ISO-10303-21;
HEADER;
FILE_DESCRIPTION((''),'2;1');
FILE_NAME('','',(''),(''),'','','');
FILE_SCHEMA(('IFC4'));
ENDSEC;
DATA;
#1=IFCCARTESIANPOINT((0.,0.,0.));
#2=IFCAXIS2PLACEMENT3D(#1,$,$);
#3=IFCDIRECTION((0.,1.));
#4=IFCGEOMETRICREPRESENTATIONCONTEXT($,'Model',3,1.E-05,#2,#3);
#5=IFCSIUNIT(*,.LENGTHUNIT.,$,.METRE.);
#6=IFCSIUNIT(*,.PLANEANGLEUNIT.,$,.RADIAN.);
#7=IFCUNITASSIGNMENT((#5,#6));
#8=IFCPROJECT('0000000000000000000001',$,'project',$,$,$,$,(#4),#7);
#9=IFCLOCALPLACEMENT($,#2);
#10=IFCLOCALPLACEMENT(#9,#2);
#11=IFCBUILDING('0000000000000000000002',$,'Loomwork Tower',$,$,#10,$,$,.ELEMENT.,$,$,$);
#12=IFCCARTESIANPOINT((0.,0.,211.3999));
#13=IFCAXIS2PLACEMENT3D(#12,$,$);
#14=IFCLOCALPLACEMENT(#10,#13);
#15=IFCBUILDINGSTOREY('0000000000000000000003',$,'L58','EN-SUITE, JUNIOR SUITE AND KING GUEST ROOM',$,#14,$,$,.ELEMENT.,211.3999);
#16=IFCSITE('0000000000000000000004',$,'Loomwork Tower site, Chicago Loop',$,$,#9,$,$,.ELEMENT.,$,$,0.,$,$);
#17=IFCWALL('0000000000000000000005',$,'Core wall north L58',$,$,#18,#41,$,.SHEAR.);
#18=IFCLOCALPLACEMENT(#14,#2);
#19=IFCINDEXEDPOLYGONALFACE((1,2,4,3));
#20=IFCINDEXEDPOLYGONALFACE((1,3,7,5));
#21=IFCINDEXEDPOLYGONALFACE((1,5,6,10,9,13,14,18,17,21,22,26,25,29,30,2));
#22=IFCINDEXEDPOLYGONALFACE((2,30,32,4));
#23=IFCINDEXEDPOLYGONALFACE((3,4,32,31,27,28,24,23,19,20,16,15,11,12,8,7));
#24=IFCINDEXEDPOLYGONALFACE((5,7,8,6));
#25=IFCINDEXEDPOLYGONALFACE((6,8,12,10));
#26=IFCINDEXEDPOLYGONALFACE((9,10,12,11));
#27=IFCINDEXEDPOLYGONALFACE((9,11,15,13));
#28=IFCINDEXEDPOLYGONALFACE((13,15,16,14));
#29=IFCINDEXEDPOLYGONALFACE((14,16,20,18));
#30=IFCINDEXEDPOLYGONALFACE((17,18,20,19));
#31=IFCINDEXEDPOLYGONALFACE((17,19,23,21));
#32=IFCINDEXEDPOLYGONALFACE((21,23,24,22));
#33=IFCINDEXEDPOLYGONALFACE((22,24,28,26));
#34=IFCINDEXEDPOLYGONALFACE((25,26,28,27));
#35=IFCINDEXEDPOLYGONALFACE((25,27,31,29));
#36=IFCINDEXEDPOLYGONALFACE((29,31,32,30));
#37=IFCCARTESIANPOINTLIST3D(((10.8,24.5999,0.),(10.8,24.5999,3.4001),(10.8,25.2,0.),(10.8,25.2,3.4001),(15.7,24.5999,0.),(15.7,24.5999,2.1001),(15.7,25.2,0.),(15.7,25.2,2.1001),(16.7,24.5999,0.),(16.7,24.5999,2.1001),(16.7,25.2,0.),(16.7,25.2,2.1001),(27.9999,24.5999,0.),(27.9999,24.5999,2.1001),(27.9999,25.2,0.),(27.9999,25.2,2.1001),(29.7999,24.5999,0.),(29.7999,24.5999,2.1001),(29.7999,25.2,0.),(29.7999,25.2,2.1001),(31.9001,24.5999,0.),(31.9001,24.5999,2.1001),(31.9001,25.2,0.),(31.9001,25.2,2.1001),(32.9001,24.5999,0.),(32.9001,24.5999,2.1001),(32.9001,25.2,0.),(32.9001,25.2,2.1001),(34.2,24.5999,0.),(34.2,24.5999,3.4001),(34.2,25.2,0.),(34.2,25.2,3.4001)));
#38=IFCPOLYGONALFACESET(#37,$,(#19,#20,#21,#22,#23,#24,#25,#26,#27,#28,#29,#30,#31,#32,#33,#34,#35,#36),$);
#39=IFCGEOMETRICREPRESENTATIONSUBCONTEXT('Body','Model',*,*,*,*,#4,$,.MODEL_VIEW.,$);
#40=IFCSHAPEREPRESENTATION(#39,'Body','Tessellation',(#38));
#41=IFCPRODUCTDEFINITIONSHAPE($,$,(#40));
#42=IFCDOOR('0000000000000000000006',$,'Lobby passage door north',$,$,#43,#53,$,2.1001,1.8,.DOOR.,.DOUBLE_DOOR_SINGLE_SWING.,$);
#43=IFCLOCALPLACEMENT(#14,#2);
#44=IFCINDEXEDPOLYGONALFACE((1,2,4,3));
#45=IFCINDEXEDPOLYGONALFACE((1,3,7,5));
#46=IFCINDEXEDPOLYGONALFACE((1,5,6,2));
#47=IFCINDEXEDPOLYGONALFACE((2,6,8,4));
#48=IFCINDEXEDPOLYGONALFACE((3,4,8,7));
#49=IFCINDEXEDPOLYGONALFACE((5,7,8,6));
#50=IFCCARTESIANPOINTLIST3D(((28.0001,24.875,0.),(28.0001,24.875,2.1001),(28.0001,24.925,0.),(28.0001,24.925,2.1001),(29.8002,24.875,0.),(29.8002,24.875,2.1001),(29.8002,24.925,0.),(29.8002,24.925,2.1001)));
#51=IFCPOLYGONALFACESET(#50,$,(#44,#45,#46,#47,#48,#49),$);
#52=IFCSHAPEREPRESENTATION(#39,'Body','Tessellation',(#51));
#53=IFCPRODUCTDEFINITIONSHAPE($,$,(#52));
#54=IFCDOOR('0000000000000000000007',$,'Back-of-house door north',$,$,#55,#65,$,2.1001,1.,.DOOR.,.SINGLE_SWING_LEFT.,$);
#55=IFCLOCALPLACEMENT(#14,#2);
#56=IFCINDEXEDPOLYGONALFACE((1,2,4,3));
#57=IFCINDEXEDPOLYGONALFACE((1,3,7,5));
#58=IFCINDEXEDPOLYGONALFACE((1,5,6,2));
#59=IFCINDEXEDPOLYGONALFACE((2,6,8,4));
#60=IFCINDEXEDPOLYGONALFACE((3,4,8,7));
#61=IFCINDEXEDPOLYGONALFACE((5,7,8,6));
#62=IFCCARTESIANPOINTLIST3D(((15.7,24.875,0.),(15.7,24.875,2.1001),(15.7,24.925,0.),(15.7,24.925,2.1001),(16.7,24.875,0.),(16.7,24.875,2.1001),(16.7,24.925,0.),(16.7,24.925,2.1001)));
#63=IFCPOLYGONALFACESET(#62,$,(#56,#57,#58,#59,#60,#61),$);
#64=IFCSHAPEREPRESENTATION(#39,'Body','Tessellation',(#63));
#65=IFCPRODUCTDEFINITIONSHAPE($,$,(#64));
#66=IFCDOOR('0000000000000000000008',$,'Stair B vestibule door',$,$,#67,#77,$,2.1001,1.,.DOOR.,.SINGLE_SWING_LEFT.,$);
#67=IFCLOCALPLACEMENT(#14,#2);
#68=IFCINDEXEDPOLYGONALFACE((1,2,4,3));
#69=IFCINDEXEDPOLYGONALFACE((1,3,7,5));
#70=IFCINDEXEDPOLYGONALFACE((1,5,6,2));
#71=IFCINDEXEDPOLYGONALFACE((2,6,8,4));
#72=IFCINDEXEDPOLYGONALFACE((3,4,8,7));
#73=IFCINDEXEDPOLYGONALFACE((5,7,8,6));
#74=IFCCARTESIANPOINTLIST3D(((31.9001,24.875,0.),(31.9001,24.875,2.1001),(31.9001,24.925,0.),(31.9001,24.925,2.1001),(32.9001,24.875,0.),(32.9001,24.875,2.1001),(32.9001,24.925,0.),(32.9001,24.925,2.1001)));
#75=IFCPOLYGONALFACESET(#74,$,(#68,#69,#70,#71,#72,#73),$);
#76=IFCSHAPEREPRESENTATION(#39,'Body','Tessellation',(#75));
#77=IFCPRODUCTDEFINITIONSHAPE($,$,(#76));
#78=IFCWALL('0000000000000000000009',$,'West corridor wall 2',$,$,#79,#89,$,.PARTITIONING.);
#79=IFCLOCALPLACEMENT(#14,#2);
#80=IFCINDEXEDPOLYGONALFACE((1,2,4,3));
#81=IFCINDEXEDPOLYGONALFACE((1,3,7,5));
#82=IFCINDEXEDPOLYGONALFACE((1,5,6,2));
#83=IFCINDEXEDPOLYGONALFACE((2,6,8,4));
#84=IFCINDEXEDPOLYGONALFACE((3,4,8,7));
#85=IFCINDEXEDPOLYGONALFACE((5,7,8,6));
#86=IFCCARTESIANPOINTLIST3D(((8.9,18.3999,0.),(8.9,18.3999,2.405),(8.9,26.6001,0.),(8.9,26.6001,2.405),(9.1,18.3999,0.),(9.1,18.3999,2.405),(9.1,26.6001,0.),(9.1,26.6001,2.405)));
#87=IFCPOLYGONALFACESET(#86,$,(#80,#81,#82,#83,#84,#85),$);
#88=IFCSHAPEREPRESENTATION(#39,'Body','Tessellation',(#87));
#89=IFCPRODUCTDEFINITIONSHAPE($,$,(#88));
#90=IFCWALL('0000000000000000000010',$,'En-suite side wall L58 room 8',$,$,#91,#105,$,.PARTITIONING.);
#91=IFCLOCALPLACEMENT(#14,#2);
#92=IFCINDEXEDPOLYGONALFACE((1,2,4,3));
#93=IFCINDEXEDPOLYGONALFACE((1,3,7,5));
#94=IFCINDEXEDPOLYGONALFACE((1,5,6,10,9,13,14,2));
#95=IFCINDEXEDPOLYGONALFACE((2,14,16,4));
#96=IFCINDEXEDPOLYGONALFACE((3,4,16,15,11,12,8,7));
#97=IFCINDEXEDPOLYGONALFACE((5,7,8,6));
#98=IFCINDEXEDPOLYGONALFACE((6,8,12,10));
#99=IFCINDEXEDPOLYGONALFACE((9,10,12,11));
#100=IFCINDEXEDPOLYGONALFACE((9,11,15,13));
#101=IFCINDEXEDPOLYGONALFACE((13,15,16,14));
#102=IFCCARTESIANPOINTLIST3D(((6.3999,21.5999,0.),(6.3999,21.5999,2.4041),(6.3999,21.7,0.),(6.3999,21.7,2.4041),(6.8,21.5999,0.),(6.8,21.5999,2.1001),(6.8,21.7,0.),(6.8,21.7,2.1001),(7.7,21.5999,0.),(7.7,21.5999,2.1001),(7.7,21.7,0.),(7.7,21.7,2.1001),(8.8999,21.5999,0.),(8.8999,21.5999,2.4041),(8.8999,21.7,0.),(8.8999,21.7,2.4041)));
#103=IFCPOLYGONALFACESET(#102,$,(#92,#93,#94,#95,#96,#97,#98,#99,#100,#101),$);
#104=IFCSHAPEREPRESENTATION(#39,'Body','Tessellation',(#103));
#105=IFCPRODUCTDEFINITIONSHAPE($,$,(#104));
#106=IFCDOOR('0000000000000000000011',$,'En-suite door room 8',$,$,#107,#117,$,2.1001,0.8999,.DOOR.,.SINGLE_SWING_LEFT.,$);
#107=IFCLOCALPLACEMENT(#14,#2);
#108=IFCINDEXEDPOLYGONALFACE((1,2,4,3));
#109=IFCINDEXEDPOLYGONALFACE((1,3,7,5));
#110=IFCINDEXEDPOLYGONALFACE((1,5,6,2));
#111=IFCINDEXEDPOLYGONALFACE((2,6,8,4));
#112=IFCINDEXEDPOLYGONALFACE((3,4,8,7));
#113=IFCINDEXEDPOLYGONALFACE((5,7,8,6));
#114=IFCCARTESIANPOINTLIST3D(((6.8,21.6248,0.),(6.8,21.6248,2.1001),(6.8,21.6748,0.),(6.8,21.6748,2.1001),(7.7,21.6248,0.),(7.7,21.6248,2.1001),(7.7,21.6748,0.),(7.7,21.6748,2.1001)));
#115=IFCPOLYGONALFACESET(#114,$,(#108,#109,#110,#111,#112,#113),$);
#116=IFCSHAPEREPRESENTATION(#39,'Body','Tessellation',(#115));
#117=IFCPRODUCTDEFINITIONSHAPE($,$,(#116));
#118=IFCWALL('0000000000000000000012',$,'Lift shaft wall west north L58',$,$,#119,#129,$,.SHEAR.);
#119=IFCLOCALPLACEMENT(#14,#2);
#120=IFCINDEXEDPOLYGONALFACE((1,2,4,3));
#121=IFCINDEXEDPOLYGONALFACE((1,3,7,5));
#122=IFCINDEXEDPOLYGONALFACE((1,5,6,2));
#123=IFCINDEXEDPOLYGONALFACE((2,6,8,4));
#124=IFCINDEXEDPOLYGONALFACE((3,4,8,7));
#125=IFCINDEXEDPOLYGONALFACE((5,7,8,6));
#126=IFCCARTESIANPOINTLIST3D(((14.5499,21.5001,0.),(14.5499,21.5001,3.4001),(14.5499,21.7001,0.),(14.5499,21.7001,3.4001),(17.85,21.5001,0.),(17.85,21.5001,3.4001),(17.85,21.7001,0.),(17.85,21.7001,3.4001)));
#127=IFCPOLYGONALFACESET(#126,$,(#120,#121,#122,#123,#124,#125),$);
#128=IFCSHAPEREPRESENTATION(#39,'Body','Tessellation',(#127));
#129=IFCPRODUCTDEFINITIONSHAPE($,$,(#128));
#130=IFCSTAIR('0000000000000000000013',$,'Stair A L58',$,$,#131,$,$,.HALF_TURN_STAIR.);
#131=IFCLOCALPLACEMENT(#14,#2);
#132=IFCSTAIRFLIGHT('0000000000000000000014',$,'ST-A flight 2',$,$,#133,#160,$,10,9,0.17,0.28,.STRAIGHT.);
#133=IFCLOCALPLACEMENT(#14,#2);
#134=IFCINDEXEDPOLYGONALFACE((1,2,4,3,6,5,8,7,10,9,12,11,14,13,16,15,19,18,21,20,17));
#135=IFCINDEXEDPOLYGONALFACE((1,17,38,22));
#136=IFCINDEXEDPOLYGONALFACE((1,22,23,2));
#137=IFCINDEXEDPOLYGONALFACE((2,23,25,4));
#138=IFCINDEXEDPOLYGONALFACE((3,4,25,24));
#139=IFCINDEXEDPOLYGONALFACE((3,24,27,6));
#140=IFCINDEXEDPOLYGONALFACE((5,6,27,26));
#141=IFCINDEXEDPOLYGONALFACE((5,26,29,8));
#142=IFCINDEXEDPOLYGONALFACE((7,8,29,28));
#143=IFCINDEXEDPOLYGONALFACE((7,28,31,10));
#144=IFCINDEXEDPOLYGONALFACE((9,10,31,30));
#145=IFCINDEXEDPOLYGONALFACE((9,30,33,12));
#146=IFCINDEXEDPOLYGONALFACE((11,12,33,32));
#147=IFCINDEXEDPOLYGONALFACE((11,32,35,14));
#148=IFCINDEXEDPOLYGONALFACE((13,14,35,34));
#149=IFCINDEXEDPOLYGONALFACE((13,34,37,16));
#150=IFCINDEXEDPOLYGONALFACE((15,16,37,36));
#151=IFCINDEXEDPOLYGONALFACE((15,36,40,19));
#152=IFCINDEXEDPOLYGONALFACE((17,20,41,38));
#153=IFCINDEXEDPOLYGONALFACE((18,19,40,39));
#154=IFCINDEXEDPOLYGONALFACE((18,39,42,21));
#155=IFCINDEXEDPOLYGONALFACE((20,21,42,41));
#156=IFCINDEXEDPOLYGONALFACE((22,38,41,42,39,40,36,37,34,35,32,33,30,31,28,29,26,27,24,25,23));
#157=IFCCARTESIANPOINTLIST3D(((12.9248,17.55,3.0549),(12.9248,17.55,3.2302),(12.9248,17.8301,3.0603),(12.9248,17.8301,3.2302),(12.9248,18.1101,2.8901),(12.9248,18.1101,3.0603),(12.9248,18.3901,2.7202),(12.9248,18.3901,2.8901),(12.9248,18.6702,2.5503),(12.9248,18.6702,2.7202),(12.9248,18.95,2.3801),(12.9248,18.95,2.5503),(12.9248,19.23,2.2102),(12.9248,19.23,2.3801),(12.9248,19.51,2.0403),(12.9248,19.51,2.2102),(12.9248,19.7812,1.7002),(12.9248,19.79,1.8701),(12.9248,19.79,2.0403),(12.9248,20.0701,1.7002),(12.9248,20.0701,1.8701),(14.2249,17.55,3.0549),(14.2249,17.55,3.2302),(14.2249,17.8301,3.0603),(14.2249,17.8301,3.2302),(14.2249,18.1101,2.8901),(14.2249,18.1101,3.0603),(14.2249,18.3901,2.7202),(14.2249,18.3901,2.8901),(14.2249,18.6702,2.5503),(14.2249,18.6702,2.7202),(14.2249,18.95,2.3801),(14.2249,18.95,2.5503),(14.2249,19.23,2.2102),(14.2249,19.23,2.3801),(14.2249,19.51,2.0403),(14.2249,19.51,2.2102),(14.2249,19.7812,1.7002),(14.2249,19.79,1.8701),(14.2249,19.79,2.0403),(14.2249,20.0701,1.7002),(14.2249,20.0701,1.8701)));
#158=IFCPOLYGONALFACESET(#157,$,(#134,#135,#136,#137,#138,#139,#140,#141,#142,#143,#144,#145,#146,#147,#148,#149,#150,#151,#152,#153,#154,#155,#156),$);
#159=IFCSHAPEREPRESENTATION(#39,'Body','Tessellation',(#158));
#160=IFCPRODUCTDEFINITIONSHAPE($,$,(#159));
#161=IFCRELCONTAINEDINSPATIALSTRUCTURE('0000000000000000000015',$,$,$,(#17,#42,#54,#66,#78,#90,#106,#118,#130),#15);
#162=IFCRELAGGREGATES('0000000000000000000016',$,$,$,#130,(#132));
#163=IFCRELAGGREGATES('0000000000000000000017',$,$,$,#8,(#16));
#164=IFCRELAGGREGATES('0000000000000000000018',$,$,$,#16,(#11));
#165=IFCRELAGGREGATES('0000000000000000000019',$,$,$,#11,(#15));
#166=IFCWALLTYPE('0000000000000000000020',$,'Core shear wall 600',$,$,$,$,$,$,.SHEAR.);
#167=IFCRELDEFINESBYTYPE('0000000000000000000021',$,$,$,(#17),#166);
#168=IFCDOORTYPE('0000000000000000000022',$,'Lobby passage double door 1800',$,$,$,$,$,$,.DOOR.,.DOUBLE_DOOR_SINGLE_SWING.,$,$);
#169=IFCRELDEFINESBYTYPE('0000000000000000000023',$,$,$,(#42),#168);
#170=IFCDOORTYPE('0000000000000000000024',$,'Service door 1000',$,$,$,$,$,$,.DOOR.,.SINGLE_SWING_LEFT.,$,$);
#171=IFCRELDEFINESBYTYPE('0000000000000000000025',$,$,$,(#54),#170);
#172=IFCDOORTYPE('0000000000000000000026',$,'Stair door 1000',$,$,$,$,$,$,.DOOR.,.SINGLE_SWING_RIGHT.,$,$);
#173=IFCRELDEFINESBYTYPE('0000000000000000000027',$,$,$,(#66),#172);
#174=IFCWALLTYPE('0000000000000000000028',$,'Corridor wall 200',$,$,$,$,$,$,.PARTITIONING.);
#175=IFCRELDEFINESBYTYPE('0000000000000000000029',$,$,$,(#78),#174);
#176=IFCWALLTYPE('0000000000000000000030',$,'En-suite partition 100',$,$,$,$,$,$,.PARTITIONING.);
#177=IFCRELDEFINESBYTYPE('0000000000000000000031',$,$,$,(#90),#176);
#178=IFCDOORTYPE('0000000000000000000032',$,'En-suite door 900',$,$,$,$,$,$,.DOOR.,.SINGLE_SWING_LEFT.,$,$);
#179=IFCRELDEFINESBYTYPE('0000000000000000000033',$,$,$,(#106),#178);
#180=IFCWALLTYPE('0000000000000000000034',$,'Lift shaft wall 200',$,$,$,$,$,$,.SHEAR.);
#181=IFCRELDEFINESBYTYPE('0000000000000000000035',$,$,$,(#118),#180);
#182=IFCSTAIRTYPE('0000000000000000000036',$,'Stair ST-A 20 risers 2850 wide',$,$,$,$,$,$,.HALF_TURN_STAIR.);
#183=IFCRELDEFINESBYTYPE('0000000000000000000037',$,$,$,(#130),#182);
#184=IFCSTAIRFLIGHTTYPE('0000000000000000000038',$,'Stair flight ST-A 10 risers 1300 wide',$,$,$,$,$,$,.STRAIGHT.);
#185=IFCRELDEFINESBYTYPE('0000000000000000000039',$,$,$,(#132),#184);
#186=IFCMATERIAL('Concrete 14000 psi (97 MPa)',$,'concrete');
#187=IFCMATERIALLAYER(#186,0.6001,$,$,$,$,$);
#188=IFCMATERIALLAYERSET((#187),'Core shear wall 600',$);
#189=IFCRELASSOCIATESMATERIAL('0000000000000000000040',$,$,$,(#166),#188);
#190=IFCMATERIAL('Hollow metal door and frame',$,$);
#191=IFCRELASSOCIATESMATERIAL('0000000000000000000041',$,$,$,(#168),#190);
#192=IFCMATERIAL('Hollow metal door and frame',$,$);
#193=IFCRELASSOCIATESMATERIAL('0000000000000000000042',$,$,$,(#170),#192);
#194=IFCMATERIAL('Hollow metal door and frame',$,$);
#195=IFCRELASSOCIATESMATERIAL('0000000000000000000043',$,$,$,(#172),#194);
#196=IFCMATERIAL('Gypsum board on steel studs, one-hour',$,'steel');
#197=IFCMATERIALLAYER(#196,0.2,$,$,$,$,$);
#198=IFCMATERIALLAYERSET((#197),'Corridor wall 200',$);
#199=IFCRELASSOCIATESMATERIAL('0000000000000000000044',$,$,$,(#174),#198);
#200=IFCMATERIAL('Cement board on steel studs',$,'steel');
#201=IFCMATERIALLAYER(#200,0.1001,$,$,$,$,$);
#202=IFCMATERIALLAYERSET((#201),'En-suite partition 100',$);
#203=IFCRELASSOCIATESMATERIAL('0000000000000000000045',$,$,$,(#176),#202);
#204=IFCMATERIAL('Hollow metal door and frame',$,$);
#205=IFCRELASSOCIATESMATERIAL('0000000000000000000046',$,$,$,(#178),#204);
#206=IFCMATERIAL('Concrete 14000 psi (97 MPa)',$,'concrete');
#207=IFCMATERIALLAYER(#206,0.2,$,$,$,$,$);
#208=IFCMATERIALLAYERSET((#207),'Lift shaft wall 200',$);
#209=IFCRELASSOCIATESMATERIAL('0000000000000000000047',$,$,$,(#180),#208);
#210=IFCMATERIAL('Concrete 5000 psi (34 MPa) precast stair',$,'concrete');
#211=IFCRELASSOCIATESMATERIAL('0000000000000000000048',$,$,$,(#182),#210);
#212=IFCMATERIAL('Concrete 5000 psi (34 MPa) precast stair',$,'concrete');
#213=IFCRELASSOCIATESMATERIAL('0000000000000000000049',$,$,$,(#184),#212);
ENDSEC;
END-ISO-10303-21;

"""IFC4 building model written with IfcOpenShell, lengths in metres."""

from ifc_helpers import new_model, si_unit, direction, frame, frame_2d, origin, place, context, subcontext, project, spatial, polyline, rectangle, outline, extrude, material, layer, layer_set, type_object, element, fill, aggregate, save


model = new_model("IFC4")

# Units and contexts
model_context = context("Model", 3, precision=1e-05, world=origin(), true_north=direction((0.0, 1.0)))
body_context = subcontext(model_context, "Body", "Model", "MODEL_VIEW")
ifc_project = project(units=[si_unit("LENGTHUNIT", "METRE"), si_unit("PLANEANGLEUNIT", "RADIAN")], contexts=[model_context])

# Site, building, storey
site_placement = place(None, origin())
site = spatial("IfcSite", under=ifc_project, at=site_placement, Name="Loomwork Tower site, Chicago Loop", CompositionType="ELEMENT", RefElevation=0.0)
building_placement = place(site_placement, origin())
building = spatial("IfcBuilding", under=site, at=building_placement, Name="Loomwork Tower", CompositionType="ELEMENT")
storey_placement = place(building_placement, frame((0.0, 0.0, 211.3999)))
storey = spatial("IfcBuildingStorey", under=building, at=storey_placement, Name="L58", Description="EN-SUITE, JUNIOR SUITE AND KING GUEST ROOM", CompositionType="ELEMENT", Elevation=211.3999)

# Wall, openings, doors
ifc_material_1 = material(Name="Concrete 14000 psi (97 MPa)", Category="concrete")
ifc_layer_1 = layer(ifc_material_1, 0.6001)
ifc_layer_set_1 = layer_set([ifc_layer_1], Name="Core shear wall 600")
wall_type_1 = type_object("IfcWallType", Name="Core shear wall 600", PredefinedType="SHEAR", material=ifc_layer_set_1)
wall_1_placement = place(storey_placement, frame((10.8, 24.8999, 0.0), z_axis=(0.0, 0.0, 1.0), x_axis=(1.0, 0.0, 0.0)))
wall_1 = element("IfcWall", 1, at=wall_1_placement, inside=storey, type_object=wall_type_1, Name="Core wall north L58", PredefinedType="SHEAR", context=body_context, shape_type="SweptSolid", body=[
    extrude(rectangle(XDim=23.3999, YDim=0.6001, at=frame_2d((11.7, 0.0))), origin(), (0.0, 0.0, 1.0), 3.4001),
])
opening_1_placement = place(wall_1_placement, frame((17.2, 0.0, 0.0)))
opening_1 = element("IfcOpeningElement", 2, at=opening_1_placement, cuts=wall_1, PredefinedType="OPENING", context=body_context, shape_type="SweptSolid", body=[
    extrude(rectangle(XDim=1.8, YDim=2.1001, at=frame_2d((0.8999, 1.05))), frame((0.0, 0.3101, 0.0), z_axis=(0.0, -1.0, 0.0), x_axis=(1.0, 0.0, 0.0)), (0.0, 0.0, 1.0), 0.6201),
])
opening_2_placement = place(wall_1_placement, frame((21.1001, 0.0, 0.0)))
opening_2 = element("IfcOpeningElement", 3, at=opening_2_placement, cuts=wall_1, PredefinedType="OPENING", context=body_context, shape_type="SweptSolid", body=[
    extrude(rectangle(XDim=1.0, YDim=2.1001, at=frame_2d((0.5, 1.05))), frame((0.0, 0.3101, 0.0), z_axis=(0.0, -1.0, 0.0), x_axis=(1.0, 0.0, 0.0)), (0.0, 0.0, 1.0), 0.6201),
])
opening_3_placement = place(wall_1_placement, frame((4.8999, 0.0, 0.0)))
opening_3 = element("IfcOpeningElement", 4, at=opening_3_placement, cuts=wall_1, PredefinedType="OPENING", context=body_context, shape_type="SweptSolid", body=[
    extrude(rectangle(XDim=1.0, YDim=2.1001, at=frame_2d((0.5, 1.05))), frame((0.0, 0.3101, 0.0), z_axis=(0.0, -1.0, 0.0), x_axis=(1.0, 0.0, 0.0)), (0.0, 0.0, 1.0), 0.6201),
])
ifc_material_2 = material(Name="Hollow metal door and frame")
door_type_1 = type_object("IfcDoorType", Name="Lobby passage double door 1800", OperationType="DOUBLE_DOOR_SINGLE_SWING", PredefinedType="DOOR", material=ifc_material_2)
door_1_placement = place(opening_1_placement, frame((1.8, 0.0, 0.0), z_axis=(0.0, 0.0, 1.0), x_axis=(-1.0, 0.0, 0.0)))
door_1 = element("IfcDoor", 5, at=door_1_placement, inside=storey, type_object=door_type_1, Name="Lobby passage door north", OperationType="DOUBLE_DOOR_SINGLE_SWING", OverallHeight=2.1001, OverallWidth=1.8, PredefinedType="DOOR", context=body_context, shape_type="SweptSolid", body=[
    extrude(rectangle(XDim=1.8, YDim=2.1001, at=frame_2d((0.8999, 1.05))), frame((0.0, 0.0249, 0.0), z_axis=(0.0, -1.0, 0.0), x_axis=(1.0, 0.0, 0.0)), (0.0, 0.0, 1.0), 0.05),
])
fill(opening_1, door_1)
ifc_material_3 = material(Name="Hollow metal door and frame")
door_type_2 = type_object("IfcDoorType", Name="Service door 1000", OperationType="SINGLE_SWING_LEFT", PredefinedType="DOOR", material=ifc_material_3)
door_2_placement = place(opening_3_placement, frame((1.0, 0.0, 0.0), z_axis=(0.0, 0.0, 1.0), x_axis=(-1.0, 0.0, 0.0)))
door_2 = element("IfcDoor", 6, at=door_2_placement, inside=storey, type_object=door_type_2, Name="Back-of-house door north", OperationType="SINGLE_SWING_LEFT", OverallHeight=2.1001, OverallWidth=1.0, PredefinedType="DOOR", context=body_context, shape_type="SweptSolid", body=[
    extrude(rectangle(XDim=1.0, YDim=2.1001, at=frame_2d((0.5, 1.05))), frame((0.0, 0.0249, 0.0), z_axis=(0.0, -1.0, 0.0), x_axis=(1.0, 0.0, 0.0)), (0.0, 0.0, 1.0), 0.05),
])
fill(opening_3, door_2)
ifc_material_4 = material(Name="Hollow metal door and frame")
door_type_3 = type_object("IfcDoorType", Name="Stair door 1000", OperationType="SINGLE_SWING_RIGHT", PredefinedType="DOOR", material=ifc_material_4)
door_3_placement = place(opening_2_placement, frame((1.0, 0.0, 0.0), z_axis=(0.0, 0.0, 1.0), x_axis=(-1.0, 0.0, 0.0)))
door_3 = element("IfcDoor", 7, at=door_3_placement, inside=storey, type_object=door_type_3, Name="Stair B vestibule door", OperationType="SINGLE_SWING_LEFT", OverallHeight=2.1001, OverallWidth=1.0, PredefinedType="DOOR", context=body_context, shape_type="SweptSolid", body=[
    extrude(rectangle(XDim=1.0, YDim=2.1001, at=frame_2d((0.5, 1.05))), frame((0.0, 0.0249, 0.0), z_axis=(0.0, -1.0, 0.0), x_axis=(1.0, 0.0, 0.0)), (0.0, 0.0, 1.0), 0.05),
])
fill(opening_2, door_3)

# Wall
ifc_material_5 = material(Name="Gypsum board on steel studs, one-hour", Category="steel")
ifc_layer_2 = layer(ifc_material_5, 0.2)
ifc_layer_set_2 = layer_set([ifc_layer_2], Name="Corridor wall 200")
wall_type_2 = type_object("IfcWallType", Name="Corridor wall 200", PredefinedType="PARTITIONING", material=ifc_layer_set_2)
wall_2_placement = place(storey_placement, frame((9.0, 18.3999, 0.0), z_axis=(0.0, 0.0, 1.0), x_axis=(0.0, 1.0, 0.0)))
element("IfcWall", 8, at=wall_2_placement, inside=storey, type_object=wall_type_2, Name="West corridor wall 2", PredefinedType="PARTITIONING", context=body_context, shape_type="SweptSolid", body=[
    extrude(rectangle(XDim=8.2002, YDim=0.2, at=frame_2d((4.1001, 0.0))), origin(), (0.0, 0.0, 1.0), 2.405),
])

# Wall, opening, door
ifc_material_6 = material(Name="Cement board on steel studs", Category="steel")
ifc_layer_3 = layer(ifc_material_6, 0.1001)
ifc_layer_set_3 = layer_set([ifc_layer_3], Name="En-suite partition 100")
wall_type_3 = type_object("IfcWallType", Name="En-suite partition 100", PredefinedType="PARTITIONING", material=ifc_layer_set_3)
wall_3_placement = place(storey_placement, frame((8.8999, 21.6499, 0.0), z_axis=(0.0, 0.0, 1.0), x_axis=(-1.0, 0.0, 0.0)))
wall_3 = element("IfcWall", 9, at=wall_3_placement, inside=storey, type_object=wall_type_3, Name="En-suite side wall L58 room 8", PredefinedType="PARTITIONING", context=body_context, shape_type="SweptSolid", body=[
    extrude(rectangle(XDim=2.5, YDim=0.1001, at=frame_2d((1.25, 0.0))), origin(), (0.0, 0.0, 1.0), 2.4041),
])
opening_4_placement = place(wall_3_placement, frame((1.2, 0.0, 0.0)))
opening_4 = element("IfcOpeningElement", 10, at=opening_4_placement, cuts=wall_3, PredefinedType="OPENING", context=body_context, shape_type="SweptSolid", body=[
    extrude(rectangle(XDim=0.8999, YDim=2.1001, at=frame_2d((0.45, 1.05))), frame((0.0, 0.0601, 0.0), z_axis=(0.0, -1.0, 0.0), x_axis=(1.0, 0.0, 0.0)), (0.0, 0.0, 1.0), 0.1201),
])
ifc_material_7 = material(Name="Hollow metal door and frame")
door_type_4 = type_object("IfcDoorType", Name="En-suite door 900", OperationType="SINGLE_SWING_LEFT", PredefinedType="DOOR", material=ifc_material_7)
door_4_placement = place(opening_4_placement, frame((0.8999, 0.0, 0.0), z_axis=(0.0, 0.0, 1.0), x_axis=(-1.0, 0.0, 0.0)))
door_4 = element("IfcDoor", 11, at=door_4_placement, inside=storey, type_object=door_type_4, Name="En-suite door room 8", OperationType="SINGLE_SWING_LEFT", OverallHeight=2.1001, OverallWidth=0.8999, PredefinedType="DOOR", context=body_context, shape_type="SweptSolid", body=[
    extrude(rectangle(XDim=0.8999, YDim=2.1001, at=frame_2d((0.45, 1.05))), frame((0.0, 0.0249, 0.0), z_axis=(0.0, -1.0, 0.0), x_axis=(1.0, 0.0, 0.0)), (0.0, 0.0, 1.0), 0.05),
])
fill(opening_4, door_4)

# Wall
ifc_material_8 = material(Name="Concrete 14000 psi (97 MPa)", Category="concrete")
ifc_layer_4 = layer(ifc_material_8, 0.2)
ifc_layer_set_4 = layer_set([ifc_layer_4], Name="Lift shaft wall 200")
wall_type_4 = type_object("IfcWallType", Name="Lift shaft wall 200", PredefinedType="SHEAR", material=ifc_layer_set_4)
wall_4_placement = place(storey_placement, frame((14.55, 21.6001, 0.0), z_axis=(0.0, 0.0, 1.0), x_axis=(1.0, 0.0, 0.0)))
element("IfcWall", 12, at=wall_4_placement, inside=storey, type_object=wall_type_4, Name="Lift shaft wall west north L58", PredefinedType="SHEAR", context=body_context, shape_type="SweptSolid", body=[
    extrude(rectangle(XDim=3.3, YDim=0.2, at=frame_2d((1.6499, 0.0))), origin(), (0.0, 0.0, 1.0), 3.4001),
])

# Stair, stair flight
ifc_material_9 = material(Name="Concrete 5000 psi (34 MPa) precast stair", Category="concrete")
stair_type = type_object("IfcStairType", Name="Stair ST-A 20 risers 2850 wide", PredefinedType="HALF_TURN_STAIR", material=ifc_material_9)
stair_placement = place(storey_placement, origin())
stair = element("IfcStair", 13, at=stair_placement, inside=storey, type_object=stair_type, Name="Stair A L58", PredefinedType="HALF_TURN_STAIR")
ifc_material_10 = material(Name="Concrete 5000 psi (34 MPa) precast stair", Category="concrete")
stair_flight_type = type_object("IfcStairFlightType", Name="Stair flight ST-A 10 risers 1300 wide", PredefinedType="STRAIGHT", material=ifc_material_10)
stair_flight_placement = place(storey_placement, frame((13.575, 20.0701, 1.7002), z_axis=(0.0, 0.0, 1.0), x_axis=(0.0, -1.0, 0.0)))
stair_flight = element("IfcStairFlight", 14, at=stair_flight_placement, type_object=stair_flight_type, Name="ST-A flight 2", NumberOfRisers=10, NumberOfTreads=9, PredefinedType="STRAIGHT", RiserHeight=0.17, TreadLength=0.28, context=body_context, shape_type="SweptSolid", body=[
    extrude(outline(polyline([(0.0, 0.0), (0.0, 0.1699), (0.28, 0.1699), (0.28, 0.3401), (0.5601, 0.3401), (0.5601, 0.51), (0.8401, 0.51), (0.8401, 0.6799), (1.1201, 0.6799), (1.1201, 0.8501), (1.3999, 0.8501), (1.3999, 1.02), (1.6799, 1.02), (1.6799, 1.1899), (1.96, 1.1899), (1.96, 1.3601), (2.24, 1.3601), (2.24, 1.53), (2.52, 1.53), (2.52, 1.7), (2.52, 1.3547), (0.2888, 0.0), (0.0, 0.0)])), frame((0.0, 0.6499, 0.0), z_axis=(0.0, -1.0, 0.0), x_axis=(1.0, 0.0, 0.0)), (0.0, 0.0, 1.0), 1.3),
])
aggregate(stair, [stair_flight])

save(model, "model.ifc")
